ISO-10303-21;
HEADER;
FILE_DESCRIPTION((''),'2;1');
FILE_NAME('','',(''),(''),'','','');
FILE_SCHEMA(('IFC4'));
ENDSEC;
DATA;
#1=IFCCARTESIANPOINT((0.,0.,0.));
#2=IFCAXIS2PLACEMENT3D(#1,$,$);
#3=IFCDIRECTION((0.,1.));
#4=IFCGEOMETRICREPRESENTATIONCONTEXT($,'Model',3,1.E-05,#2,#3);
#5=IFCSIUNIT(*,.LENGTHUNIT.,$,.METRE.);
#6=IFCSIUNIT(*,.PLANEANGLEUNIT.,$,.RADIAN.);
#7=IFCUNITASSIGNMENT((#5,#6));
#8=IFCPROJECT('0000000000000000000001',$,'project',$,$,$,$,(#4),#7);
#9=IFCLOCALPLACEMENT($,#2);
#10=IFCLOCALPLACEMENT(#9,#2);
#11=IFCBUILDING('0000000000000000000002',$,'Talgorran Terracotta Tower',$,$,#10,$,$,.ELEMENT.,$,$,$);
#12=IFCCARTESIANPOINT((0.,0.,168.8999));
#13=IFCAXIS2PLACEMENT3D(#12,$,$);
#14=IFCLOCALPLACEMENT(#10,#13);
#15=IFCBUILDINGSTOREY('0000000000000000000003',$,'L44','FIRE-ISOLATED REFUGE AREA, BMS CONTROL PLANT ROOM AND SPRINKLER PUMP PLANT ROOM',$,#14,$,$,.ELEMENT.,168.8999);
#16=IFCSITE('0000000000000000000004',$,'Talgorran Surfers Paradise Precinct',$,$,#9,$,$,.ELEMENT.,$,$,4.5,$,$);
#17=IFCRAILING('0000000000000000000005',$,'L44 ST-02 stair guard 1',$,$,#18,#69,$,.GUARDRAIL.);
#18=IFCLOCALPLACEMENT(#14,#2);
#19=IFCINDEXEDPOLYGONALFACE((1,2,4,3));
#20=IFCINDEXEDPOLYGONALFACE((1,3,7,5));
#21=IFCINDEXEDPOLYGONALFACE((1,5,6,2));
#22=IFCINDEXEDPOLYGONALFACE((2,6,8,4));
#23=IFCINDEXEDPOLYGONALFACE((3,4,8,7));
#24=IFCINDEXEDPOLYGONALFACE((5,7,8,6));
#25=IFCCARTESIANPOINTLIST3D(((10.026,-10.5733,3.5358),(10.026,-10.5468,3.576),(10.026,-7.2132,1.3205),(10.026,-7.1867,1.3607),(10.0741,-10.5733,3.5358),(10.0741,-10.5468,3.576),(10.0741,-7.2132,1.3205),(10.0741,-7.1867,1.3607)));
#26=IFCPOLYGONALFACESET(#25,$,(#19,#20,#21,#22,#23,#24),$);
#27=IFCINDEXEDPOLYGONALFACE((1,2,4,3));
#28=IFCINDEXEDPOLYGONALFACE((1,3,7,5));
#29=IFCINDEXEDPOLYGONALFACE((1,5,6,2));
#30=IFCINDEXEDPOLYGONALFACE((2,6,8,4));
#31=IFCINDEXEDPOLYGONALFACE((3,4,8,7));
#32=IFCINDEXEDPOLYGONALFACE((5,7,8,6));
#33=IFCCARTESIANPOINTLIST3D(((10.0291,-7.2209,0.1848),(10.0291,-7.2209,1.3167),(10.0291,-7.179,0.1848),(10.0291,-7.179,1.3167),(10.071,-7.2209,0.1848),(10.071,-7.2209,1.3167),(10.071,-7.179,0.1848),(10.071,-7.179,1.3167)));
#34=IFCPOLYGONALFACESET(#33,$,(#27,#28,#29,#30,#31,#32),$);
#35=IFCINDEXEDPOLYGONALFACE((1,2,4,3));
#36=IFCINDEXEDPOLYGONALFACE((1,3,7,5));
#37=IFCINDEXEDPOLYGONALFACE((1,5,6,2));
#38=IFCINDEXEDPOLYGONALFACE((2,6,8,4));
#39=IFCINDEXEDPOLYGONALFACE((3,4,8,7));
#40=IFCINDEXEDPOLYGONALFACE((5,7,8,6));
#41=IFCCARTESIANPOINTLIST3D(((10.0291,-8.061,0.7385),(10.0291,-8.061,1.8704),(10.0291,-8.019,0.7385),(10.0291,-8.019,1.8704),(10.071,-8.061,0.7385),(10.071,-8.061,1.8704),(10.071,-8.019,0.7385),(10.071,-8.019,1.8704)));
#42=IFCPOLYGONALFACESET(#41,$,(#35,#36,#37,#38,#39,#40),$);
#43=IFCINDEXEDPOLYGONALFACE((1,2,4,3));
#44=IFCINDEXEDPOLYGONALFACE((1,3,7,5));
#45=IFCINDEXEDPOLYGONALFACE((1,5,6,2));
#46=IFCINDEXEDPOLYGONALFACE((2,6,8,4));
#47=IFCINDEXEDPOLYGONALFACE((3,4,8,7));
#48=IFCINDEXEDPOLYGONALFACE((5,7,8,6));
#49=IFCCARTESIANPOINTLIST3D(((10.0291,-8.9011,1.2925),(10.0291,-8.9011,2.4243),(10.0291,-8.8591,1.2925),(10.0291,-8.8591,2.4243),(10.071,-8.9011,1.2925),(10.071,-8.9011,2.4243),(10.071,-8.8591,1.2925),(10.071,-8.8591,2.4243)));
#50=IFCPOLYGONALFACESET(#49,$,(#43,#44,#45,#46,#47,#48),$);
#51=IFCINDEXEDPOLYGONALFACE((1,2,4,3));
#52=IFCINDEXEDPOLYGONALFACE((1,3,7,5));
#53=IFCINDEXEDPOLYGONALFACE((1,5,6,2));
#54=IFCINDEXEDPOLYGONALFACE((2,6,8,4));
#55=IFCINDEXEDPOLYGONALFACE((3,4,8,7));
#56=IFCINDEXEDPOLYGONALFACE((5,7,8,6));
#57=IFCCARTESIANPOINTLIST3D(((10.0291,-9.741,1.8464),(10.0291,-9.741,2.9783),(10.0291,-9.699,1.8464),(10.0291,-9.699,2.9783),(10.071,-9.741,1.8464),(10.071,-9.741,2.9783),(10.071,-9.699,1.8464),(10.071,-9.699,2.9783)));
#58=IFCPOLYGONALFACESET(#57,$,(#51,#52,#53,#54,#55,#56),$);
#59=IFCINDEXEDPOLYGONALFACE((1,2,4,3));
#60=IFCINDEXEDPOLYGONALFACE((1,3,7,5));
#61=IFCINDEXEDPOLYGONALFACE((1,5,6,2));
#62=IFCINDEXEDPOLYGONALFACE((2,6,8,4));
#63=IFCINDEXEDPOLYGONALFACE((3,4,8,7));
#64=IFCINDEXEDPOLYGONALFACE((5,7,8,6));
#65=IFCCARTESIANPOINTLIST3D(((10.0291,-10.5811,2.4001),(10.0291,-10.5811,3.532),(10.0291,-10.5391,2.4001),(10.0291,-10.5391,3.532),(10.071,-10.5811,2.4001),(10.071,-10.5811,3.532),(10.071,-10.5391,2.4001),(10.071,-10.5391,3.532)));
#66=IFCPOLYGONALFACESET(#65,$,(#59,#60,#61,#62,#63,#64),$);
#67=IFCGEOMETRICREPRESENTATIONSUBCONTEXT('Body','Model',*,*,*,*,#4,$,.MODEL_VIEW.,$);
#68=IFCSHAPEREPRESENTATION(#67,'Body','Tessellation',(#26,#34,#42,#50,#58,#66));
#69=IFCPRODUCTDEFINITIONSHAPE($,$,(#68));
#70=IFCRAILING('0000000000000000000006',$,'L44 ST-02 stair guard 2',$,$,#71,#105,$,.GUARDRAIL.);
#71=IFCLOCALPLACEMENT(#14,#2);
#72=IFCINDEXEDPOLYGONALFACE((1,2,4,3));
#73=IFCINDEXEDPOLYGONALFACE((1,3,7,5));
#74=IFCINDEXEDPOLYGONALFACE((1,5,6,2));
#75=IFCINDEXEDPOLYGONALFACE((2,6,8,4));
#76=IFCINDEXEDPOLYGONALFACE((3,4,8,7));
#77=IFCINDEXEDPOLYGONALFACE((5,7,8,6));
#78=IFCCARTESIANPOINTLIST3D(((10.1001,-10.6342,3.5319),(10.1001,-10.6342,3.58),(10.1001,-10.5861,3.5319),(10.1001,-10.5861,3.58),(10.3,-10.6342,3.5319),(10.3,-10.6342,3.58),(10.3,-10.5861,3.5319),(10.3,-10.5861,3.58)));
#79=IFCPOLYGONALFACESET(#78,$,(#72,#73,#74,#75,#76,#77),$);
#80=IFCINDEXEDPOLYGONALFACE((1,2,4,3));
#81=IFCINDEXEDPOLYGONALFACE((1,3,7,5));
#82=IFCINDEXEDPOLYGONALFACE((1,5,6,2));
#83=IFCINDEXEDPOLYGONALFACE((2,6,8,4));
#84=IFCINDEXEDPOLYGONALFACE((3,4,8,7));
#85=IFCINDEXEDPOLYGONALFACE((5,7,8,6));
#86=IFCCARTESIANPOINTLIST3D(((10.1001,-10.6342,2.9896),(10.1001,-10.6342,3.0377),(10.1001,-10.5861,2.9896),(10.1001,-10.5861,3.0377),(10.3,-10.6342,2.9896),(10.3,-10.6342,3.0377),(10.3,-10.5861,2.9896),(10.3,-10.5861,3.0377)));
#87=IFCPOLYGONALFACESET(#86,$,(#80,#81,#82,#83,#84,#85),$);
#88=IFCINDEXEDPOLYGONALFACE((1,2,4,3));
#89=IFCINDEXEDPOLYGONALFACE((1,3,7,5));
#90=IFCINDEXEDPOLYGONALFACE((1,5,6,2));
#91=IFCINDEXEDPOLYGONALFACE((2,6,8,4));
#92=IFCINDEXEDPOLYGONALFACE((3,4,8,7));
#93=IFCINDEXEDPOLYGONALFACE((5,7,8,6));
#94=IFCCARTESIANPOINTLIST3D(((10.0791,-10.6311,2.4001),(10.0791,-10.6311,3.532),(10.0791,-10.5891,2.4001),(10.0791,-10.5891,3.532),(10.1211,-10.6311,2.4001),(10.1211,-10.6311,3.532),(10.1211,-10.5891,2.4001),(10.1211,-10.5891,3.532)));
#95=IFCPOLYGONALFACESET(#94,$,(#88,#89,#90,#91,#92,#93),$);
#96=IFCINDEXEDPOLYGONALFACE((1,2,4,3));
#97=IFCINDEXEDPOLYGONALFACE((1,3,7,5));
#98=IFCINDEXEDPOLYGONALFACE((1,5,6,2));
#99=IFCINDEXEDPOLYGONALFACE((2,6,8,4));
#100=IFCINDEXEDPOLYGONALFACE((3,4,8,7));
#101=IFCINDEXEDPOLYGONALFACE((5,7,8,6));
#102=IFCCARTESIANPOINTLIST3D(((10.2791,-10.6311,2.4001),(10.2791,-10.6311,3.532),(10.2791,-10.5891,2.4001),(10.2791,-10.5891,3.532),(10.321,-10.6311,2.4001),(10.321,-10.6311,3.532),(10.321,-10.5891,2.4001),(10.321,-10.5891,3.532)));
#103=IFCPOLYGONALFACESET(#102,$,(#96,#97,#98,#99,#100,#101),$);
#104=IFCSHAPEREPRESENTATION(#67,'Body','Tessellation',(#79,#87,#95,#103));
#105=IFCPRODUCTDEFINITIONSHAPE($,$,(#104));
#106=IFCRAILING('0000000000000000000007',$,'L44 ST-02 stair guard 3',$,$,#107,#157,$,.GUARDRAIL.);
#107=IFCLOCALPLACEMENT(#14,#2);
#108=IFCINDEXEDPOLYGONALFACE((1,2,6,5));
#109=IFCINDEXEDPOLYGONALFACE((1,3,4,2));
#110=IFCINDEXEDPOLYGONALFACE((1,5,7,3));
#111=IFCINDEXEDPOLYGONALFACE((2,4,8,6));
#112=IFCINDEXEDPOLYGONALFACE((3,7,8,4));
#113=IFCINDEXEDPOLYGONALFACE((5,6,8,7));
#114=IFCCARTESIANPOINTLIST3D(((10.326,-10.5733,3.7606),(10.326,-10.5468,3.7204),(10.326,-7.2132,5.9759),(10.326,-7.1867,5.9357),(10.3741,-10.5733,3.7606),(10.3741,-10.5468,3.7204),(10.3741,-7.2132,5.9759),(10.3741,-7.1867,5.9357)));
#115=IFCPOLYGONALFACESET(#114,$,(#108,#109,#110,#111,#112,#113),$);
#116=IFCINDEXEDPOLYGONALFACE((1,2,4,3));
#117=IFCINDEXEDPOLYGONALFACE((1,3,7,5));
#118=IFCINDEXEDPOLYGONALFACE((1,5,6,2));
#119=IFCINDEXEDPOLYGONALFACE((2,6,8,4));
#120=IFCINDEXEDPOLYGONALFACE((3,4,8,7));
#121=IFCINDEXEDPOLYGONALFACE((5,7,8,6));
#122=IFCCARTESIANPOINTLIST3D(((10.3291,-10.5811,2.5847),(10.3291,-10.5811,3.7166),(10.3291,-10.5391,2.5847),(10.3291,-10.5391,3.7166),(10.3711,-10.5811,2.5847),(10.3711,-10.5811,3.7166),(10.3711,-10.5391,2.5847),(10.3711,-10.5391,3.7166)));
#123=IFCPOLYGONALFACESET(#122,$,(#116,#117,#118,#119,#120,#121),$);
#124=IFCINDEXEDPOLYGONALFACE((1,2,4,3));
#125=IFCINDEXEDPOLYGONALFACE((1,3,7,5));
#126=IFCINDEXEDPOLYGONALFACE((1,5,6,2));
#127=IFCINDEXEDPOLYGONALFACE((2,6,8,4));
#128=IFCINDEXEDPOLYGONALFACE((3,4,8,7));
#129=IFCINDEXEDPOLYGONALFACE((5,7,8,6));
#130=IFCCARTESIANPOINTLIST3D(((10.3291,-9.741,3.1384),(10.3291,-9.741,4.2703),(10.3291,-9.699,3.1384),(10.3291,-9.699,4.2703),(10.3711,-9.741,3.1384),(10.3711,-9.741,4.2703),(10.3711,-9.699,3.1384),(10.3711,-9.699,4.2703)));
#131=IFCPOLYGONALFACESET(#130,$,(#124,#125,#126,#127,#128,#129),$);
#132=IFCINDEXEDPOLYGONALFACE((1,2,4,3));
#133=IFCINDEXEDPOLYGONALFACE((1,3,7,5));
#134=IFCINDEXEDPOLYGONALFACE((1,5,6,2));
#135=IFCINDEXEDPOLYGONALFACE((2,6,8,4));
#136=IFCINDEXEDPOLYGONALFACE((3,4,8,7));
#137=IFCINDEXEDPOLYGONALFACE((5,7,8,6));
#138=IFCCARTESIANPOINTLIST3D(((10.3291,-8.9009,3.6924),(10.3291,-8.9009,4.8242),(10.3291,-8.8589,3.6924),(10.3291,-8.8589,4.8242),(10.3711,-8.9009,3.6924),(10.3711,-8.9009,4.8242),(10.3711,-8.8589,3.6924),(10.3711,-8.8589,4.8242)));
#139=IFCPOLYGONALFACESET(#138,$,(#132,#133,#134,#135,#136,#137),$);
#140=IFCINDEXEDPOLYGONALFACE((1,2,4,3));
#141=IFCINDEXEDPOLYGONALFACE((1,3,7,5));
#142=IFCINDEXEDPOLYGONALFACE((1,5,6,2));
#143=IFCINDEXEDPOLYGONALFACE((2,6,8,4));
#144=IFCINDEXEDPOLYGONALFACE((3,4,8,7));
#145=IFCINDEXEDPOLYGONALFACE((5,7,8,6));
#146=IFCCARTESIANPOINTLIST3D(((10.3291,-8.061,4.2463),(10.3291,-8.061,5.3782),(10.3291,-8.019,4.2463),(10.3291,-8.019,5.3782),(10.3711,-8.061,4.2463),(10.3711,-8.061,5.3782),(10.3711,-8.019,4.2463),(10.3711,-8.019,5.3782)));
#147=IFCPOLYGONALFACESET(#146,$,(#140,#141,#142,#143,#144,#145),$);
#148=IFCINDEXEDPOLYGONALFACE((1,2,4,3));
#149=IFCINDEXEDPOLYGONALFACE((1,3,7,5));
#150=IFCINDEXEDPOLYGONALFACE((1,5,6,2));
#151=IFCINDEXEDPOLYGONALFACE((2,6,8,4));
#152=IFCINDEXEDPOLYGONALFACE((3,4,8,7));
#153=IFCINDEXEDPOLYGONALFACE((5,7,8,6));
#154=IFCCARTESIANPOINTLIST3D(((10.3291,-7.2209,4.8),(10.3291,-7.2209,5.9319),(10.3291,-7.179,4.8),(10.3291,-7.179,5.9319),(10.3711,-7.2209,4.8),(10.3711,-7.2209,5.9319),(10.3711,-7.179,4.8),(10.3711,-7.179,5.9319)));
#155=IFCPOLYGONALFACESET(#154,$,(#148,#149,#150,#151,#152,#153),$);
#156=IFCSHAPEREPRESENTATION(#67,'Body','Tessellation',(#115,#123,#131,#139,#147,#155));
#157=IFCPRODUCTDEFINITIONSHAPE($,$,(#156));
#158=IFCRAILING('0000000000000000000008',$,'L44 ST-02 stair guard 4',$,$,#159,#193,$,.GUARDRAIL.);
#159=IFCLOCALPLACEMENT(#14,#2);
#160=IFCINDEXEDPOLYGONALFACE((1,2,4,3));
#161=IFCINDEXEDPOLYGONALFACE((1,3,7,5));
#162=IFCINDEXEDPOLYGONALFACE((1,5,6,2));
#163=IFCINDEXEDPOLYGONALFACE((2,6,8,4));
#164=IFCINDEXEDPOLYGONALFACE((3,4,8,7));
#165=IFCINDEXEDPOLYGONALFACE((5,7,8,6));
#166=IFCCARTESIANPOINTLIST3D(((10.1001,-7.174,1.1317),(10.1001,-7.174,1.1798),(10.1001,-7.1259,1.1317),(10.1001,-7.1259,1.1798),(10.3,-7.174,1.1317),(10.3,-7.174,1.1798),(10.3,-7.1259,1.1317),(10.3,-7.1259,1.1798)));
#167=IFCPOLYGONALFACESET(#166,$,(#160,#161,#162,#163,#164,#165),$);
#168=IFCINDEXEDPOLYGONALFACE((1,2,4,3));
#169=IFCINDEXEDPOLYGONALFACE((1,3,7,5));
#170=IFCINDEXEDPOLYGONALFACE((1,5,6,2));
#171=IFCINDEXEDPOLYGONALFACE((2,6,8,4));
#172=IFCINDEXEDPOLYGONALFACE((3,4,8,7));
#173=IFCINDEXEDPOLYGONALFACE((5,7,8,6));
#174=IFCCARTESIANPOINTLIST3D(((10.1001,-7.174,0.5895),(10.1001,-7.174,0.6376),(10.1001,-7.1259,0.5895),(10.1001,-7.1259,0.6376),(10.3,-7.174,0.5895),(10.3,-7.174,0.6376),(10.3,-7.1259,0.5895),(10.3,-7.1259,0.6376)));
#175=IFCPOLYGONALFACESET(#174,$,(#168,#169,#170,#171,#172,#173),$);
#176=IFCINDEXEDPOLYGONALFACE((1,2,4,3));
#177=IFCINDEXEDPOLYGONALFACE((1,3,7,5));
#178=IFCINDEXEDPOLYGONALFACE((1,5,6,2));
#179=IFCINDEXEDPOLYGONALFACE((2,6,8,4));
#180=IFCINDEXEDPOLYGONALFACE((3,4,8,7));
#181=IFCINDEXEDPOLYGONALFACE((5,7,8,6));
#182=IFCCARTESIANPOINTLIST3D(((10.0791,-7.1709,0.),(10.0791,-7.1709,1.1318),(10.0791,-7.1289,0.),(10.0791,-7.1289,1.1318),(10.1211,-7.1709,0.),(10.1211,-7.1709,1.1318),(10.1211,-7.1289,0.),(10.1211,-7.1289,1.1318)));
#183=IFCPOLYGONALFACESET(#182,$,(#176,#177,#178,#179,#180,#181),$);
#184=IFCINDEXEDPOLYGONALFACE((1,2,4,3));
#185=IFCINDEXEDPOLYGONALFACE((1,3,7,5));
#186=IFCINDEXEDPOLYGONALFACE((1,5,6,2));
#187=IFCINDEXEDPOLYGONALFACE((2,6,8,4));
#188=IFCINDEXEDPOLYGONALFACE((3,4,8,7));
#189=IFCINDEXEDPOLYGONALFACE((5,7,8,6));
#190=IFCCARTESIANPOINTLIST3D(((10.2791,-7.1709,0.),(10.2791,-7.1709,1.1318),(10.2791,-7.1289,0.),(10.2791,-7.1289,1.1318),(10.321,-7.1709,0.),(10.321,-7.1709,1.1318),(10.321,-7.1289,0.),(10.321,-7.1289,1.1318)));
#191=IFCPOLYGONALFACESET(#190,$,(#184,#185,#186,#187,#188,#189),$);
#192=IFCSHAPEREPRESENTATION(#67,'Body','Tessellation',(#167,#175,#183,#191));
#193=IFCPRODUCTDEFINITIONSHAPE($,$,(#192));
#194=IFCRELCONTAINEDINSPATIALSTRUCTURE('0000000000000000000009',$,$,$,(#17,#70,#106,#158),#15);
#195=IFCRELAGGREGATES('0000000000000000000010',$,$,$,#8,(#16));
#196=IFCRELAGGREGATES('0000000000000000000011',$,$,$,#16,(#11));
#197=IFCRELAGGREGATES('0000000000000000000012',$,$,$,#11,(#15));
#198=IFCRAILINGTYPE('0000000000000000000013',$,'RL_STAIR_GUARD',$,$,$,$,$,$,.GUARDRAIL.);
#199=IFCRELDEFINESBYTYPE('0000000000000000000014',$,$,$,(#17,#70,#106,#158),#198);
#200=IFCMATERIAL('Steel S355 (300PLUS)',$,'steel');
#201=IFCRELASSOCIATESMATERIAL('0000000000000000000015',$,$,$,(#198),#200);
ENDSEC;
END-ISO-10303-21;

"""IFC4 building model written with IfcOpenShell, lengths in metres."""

from ifc_helpers import new_model, si_unit, direction, frame, origin, origin_2d, place, context, subcontext, project, spatial, rectangle, extrude, material, type_object, element, save


model = new_model("IFC4")

# Units and contexts
model_context = context("Model", 3, precision=1e-05, world=origin(), true_north=direction((0.0, 1.0)))
body_context = subcontext(model_context, "Body", "Model", "MODEL_VIEW")
ifc_project = project(units=[si_unit("LENGTHUNIT", "METRE"), si_unit("PLANEANGLEUNIT", "RADIAN")], contexts=[model_context])

# Site, building, storey
site_placement = place(None, origin())
site = spatial("IfcSite", under=ifc_project, at=site_placement, Name="Talgorran Surfers Paradise Precinct", CompositionType="ELEMENT", RefElevation=4.5)
building_placement = place(site_placement, origin())
building = spatial("IfcBuilding", under=site, at=building_placement, Name="Talgorran Terracotta Tower", CompositionType="ELEMENT")
storey_placement = place(building_placement, frame((0.0, 0.0, 168.8999)))
storey = spatial("IfcBuildingStorey", under=building, at=storey_placement, Name="L44", Description="FIRE-ISOLATED REFUGE AREA, BMS CONTROL PLANT ROOM AND SPRINKLER PUMP PLANT ROOM", CompositionType="ELEMENT", Elevation=168.8999)

# Shared definitions
ifc_material_1 = material(Name="Steel S355 (300PLUS)", Category="steel")

# Railings
railing_type_1 = type_object("IfcRailingType", Name="RL_STAIR_GUARD", PredefinedType="GUARDRAIL", material=ifc_material_1)
railing_1_placement = place(storey_placement, frame((10.05, -7.2, 0.1848)))
element("IfcRailing", 1, at=railing_1_placement, inside=storey, type_object=railing_type_1, Name="L44 ST-02 stair guard 1", PredefinedType="GUARDRAIL", context=body_context, shape_type="SweptSolid", body=[
    extrude(rectangle(XDim=0.0481, YDim=0.0481, at=origin_2d()), frame((0.0, 0.0, 1.1558), z_axis=(0.0, -0.834876, 0.550437), x_axis=(1.0, 0.0, 0.0)), (0.0, 0.0, 1.0), 4.0247),
    extrude(rectangle(XDim=0.042, YDim=0.042, at=origin_2d()), origin(), (0.0, 0.0, 1.0), 1.1318),
    extrude(rectangle(XDim=0.042, YDim=0.042, at=origin_2d()), frame((0.0, -0.8401, 0.5537)), (0.0, 0.0, 1.0), 1.1318),
    extrude(rectangle(XDim=0.042, YDim=0.042, at=origin_2d()), frame((0.0, -1.6802, 1.1077)), (0.0, 0.0, 1.0), 1.1318),
    extrude(rectangle(XDim=0.042, YDim=0.042, at=origin_2d()), frame((0.0, -2.52, 1.6616)), (0.0, 0.0, 1.0), 1.1318),
    extrude(rectangle(XDim=0.042, YDim=0.042, at=origin_2d()), frame((0.0, -3.3601, 2.2153)), (0.0, 0.0, 1.0), 1.1318),
])
railing_2_placement = place(storey_placement, frame((10.1001, -10.6101, 2.4001)))
element("IfcRailing", 2, at=railing_2_placement, inside=storey, type_object=railing_type_1, Name="L44 ST-02 stair guard 2", PredefinedType="GUARDRAIL", context=body_context, shape_type="SweptSolid", body=[
    extrude(rectangle(XDim=0.0481, YDim=0.0481, at=origin_2d()), frame((0.0, 0.0, 1.1558), z_axis=(1.0, 0.0, 0.0), x_axis=(0.0, 1.0, 0.0)), (0.0, 0.0, 1.0), 0.2),
    extrude(rectangle(XDim=0.0481, YDim=0.0481, at=origin_2d()), frame((0.0, 0.0, 0.6135), z_axis=(1.0, 0.0, 0.0), x_axis=(0.0, 1.0, 0.0)), (0.0, 0.0, 1.0), 0.2),
    extrude(rectangle(XDim=0.042, YDim=0.042, at=origin_2d()), origin(), (0.0, 0.0, 1.0), 1.1318),
    extrude(rectangle(XDim=0.042, YDim=0.042, at=origin_2d()), frame((0.2, 0.0, 0.0)), (0.0, 0.0, 1.0), 1.1318),
])
railing_3_placement = place(storey_placement, frame((10.3501, -10.5601, 2.5847)))
element("IfcRailing", 3, at=railing_3_placement, inside=storey, type_object=railing_type_1, Name="L44 ST-02 stair guard 3", PredefinedType="GUARDRAIL", context=body_context, shape_type="SweptSolid", body=[
    extrude(rectangle(XDim=0.0481, YDim=0.0481, at=origin_2d()), frame((0.0, 0.0, 1.1558), z_axis=(0.0, 0.834876, 0.550437), x_axis=(-1.0, 0.0, 0.0)), (0.0, 0.0, 1.0), 4.0247),
    extrude(rectangle(XDim=0.042, YDim=0.042, at=origin_2d()), origin(), (0.0, 0.0, 1.0), 1.1318),
    extrude(rectangle(XDim=0.042, YDim=0.042, at=origin_2d()), frame((0.0, 0.8401, 0.5537)), (0.0, 0.0, 1.0), 1.1318),
    extrude(rectangle(XDim=0.042, YDim=0.042, at=origin_2d()), frame((0.0, 1.6802, 1.1077)), (0.0, 0.0, 1.0), 1.1318),
    extrude(rectangle(XDim=0.042, YDim=0.042, at=origin_2d()), frame((0.0, 2.52, 1.6616)), (0.0, 0.0, 1.0), 1.1318),
    extrude(rectangle(XDim=0.042, YDim=0.042, at=origin_2d()), frame((0.0, 3.3601, 2.2153)), (0.0, 0.0, 1.0), 1.1318),
])
railing_4_placement = place(storey_placement, frame((10.1001, -7.1499, 0.0)))
element("IfcRailing", 4, at=railing_4_placement, inside=storey, type_object=railing_type_1, Name="L44 ST-02 stair guard 4", PredefinedType="GUARDRAIL", context=body_context, shape_type="SweptSolid", body=[
    extrude(rectangle(XDim=0.0481, YDim=0.0481, at=origin_2d()), frame((0.0, 0.0, 1.1558), z_axis=(1.0, 0.0, 0.0), x_axis=(0.0, 1.0, 0.0)), (0.0, 0.0, 1.0), 0.2),
    extrude(rectangle(XDim=0.0481, YDim=0.0481, at=origin_2d()), frame((0.0, 0.0, 0.6135), z_axis=(1.0, 0.0, 0.0), x_axis=(0.0, 1.0, 0.0)), (0.0, 0.0, 1.0), 0.2),
    extrude(rectangle(XDim=0.042, YDim=0.042, at=origin_2d()), origin(), (0.0, 0.0, 1.0), 1.1318),
    extrude(rectangle(XDim=0.042, YDim=0.042, at=origin_2d()), frame((0.2, 0.0, 0.0)), (0.0, 0.0, 1.0), 1.1318),
])

save(model, "model.ifc")
